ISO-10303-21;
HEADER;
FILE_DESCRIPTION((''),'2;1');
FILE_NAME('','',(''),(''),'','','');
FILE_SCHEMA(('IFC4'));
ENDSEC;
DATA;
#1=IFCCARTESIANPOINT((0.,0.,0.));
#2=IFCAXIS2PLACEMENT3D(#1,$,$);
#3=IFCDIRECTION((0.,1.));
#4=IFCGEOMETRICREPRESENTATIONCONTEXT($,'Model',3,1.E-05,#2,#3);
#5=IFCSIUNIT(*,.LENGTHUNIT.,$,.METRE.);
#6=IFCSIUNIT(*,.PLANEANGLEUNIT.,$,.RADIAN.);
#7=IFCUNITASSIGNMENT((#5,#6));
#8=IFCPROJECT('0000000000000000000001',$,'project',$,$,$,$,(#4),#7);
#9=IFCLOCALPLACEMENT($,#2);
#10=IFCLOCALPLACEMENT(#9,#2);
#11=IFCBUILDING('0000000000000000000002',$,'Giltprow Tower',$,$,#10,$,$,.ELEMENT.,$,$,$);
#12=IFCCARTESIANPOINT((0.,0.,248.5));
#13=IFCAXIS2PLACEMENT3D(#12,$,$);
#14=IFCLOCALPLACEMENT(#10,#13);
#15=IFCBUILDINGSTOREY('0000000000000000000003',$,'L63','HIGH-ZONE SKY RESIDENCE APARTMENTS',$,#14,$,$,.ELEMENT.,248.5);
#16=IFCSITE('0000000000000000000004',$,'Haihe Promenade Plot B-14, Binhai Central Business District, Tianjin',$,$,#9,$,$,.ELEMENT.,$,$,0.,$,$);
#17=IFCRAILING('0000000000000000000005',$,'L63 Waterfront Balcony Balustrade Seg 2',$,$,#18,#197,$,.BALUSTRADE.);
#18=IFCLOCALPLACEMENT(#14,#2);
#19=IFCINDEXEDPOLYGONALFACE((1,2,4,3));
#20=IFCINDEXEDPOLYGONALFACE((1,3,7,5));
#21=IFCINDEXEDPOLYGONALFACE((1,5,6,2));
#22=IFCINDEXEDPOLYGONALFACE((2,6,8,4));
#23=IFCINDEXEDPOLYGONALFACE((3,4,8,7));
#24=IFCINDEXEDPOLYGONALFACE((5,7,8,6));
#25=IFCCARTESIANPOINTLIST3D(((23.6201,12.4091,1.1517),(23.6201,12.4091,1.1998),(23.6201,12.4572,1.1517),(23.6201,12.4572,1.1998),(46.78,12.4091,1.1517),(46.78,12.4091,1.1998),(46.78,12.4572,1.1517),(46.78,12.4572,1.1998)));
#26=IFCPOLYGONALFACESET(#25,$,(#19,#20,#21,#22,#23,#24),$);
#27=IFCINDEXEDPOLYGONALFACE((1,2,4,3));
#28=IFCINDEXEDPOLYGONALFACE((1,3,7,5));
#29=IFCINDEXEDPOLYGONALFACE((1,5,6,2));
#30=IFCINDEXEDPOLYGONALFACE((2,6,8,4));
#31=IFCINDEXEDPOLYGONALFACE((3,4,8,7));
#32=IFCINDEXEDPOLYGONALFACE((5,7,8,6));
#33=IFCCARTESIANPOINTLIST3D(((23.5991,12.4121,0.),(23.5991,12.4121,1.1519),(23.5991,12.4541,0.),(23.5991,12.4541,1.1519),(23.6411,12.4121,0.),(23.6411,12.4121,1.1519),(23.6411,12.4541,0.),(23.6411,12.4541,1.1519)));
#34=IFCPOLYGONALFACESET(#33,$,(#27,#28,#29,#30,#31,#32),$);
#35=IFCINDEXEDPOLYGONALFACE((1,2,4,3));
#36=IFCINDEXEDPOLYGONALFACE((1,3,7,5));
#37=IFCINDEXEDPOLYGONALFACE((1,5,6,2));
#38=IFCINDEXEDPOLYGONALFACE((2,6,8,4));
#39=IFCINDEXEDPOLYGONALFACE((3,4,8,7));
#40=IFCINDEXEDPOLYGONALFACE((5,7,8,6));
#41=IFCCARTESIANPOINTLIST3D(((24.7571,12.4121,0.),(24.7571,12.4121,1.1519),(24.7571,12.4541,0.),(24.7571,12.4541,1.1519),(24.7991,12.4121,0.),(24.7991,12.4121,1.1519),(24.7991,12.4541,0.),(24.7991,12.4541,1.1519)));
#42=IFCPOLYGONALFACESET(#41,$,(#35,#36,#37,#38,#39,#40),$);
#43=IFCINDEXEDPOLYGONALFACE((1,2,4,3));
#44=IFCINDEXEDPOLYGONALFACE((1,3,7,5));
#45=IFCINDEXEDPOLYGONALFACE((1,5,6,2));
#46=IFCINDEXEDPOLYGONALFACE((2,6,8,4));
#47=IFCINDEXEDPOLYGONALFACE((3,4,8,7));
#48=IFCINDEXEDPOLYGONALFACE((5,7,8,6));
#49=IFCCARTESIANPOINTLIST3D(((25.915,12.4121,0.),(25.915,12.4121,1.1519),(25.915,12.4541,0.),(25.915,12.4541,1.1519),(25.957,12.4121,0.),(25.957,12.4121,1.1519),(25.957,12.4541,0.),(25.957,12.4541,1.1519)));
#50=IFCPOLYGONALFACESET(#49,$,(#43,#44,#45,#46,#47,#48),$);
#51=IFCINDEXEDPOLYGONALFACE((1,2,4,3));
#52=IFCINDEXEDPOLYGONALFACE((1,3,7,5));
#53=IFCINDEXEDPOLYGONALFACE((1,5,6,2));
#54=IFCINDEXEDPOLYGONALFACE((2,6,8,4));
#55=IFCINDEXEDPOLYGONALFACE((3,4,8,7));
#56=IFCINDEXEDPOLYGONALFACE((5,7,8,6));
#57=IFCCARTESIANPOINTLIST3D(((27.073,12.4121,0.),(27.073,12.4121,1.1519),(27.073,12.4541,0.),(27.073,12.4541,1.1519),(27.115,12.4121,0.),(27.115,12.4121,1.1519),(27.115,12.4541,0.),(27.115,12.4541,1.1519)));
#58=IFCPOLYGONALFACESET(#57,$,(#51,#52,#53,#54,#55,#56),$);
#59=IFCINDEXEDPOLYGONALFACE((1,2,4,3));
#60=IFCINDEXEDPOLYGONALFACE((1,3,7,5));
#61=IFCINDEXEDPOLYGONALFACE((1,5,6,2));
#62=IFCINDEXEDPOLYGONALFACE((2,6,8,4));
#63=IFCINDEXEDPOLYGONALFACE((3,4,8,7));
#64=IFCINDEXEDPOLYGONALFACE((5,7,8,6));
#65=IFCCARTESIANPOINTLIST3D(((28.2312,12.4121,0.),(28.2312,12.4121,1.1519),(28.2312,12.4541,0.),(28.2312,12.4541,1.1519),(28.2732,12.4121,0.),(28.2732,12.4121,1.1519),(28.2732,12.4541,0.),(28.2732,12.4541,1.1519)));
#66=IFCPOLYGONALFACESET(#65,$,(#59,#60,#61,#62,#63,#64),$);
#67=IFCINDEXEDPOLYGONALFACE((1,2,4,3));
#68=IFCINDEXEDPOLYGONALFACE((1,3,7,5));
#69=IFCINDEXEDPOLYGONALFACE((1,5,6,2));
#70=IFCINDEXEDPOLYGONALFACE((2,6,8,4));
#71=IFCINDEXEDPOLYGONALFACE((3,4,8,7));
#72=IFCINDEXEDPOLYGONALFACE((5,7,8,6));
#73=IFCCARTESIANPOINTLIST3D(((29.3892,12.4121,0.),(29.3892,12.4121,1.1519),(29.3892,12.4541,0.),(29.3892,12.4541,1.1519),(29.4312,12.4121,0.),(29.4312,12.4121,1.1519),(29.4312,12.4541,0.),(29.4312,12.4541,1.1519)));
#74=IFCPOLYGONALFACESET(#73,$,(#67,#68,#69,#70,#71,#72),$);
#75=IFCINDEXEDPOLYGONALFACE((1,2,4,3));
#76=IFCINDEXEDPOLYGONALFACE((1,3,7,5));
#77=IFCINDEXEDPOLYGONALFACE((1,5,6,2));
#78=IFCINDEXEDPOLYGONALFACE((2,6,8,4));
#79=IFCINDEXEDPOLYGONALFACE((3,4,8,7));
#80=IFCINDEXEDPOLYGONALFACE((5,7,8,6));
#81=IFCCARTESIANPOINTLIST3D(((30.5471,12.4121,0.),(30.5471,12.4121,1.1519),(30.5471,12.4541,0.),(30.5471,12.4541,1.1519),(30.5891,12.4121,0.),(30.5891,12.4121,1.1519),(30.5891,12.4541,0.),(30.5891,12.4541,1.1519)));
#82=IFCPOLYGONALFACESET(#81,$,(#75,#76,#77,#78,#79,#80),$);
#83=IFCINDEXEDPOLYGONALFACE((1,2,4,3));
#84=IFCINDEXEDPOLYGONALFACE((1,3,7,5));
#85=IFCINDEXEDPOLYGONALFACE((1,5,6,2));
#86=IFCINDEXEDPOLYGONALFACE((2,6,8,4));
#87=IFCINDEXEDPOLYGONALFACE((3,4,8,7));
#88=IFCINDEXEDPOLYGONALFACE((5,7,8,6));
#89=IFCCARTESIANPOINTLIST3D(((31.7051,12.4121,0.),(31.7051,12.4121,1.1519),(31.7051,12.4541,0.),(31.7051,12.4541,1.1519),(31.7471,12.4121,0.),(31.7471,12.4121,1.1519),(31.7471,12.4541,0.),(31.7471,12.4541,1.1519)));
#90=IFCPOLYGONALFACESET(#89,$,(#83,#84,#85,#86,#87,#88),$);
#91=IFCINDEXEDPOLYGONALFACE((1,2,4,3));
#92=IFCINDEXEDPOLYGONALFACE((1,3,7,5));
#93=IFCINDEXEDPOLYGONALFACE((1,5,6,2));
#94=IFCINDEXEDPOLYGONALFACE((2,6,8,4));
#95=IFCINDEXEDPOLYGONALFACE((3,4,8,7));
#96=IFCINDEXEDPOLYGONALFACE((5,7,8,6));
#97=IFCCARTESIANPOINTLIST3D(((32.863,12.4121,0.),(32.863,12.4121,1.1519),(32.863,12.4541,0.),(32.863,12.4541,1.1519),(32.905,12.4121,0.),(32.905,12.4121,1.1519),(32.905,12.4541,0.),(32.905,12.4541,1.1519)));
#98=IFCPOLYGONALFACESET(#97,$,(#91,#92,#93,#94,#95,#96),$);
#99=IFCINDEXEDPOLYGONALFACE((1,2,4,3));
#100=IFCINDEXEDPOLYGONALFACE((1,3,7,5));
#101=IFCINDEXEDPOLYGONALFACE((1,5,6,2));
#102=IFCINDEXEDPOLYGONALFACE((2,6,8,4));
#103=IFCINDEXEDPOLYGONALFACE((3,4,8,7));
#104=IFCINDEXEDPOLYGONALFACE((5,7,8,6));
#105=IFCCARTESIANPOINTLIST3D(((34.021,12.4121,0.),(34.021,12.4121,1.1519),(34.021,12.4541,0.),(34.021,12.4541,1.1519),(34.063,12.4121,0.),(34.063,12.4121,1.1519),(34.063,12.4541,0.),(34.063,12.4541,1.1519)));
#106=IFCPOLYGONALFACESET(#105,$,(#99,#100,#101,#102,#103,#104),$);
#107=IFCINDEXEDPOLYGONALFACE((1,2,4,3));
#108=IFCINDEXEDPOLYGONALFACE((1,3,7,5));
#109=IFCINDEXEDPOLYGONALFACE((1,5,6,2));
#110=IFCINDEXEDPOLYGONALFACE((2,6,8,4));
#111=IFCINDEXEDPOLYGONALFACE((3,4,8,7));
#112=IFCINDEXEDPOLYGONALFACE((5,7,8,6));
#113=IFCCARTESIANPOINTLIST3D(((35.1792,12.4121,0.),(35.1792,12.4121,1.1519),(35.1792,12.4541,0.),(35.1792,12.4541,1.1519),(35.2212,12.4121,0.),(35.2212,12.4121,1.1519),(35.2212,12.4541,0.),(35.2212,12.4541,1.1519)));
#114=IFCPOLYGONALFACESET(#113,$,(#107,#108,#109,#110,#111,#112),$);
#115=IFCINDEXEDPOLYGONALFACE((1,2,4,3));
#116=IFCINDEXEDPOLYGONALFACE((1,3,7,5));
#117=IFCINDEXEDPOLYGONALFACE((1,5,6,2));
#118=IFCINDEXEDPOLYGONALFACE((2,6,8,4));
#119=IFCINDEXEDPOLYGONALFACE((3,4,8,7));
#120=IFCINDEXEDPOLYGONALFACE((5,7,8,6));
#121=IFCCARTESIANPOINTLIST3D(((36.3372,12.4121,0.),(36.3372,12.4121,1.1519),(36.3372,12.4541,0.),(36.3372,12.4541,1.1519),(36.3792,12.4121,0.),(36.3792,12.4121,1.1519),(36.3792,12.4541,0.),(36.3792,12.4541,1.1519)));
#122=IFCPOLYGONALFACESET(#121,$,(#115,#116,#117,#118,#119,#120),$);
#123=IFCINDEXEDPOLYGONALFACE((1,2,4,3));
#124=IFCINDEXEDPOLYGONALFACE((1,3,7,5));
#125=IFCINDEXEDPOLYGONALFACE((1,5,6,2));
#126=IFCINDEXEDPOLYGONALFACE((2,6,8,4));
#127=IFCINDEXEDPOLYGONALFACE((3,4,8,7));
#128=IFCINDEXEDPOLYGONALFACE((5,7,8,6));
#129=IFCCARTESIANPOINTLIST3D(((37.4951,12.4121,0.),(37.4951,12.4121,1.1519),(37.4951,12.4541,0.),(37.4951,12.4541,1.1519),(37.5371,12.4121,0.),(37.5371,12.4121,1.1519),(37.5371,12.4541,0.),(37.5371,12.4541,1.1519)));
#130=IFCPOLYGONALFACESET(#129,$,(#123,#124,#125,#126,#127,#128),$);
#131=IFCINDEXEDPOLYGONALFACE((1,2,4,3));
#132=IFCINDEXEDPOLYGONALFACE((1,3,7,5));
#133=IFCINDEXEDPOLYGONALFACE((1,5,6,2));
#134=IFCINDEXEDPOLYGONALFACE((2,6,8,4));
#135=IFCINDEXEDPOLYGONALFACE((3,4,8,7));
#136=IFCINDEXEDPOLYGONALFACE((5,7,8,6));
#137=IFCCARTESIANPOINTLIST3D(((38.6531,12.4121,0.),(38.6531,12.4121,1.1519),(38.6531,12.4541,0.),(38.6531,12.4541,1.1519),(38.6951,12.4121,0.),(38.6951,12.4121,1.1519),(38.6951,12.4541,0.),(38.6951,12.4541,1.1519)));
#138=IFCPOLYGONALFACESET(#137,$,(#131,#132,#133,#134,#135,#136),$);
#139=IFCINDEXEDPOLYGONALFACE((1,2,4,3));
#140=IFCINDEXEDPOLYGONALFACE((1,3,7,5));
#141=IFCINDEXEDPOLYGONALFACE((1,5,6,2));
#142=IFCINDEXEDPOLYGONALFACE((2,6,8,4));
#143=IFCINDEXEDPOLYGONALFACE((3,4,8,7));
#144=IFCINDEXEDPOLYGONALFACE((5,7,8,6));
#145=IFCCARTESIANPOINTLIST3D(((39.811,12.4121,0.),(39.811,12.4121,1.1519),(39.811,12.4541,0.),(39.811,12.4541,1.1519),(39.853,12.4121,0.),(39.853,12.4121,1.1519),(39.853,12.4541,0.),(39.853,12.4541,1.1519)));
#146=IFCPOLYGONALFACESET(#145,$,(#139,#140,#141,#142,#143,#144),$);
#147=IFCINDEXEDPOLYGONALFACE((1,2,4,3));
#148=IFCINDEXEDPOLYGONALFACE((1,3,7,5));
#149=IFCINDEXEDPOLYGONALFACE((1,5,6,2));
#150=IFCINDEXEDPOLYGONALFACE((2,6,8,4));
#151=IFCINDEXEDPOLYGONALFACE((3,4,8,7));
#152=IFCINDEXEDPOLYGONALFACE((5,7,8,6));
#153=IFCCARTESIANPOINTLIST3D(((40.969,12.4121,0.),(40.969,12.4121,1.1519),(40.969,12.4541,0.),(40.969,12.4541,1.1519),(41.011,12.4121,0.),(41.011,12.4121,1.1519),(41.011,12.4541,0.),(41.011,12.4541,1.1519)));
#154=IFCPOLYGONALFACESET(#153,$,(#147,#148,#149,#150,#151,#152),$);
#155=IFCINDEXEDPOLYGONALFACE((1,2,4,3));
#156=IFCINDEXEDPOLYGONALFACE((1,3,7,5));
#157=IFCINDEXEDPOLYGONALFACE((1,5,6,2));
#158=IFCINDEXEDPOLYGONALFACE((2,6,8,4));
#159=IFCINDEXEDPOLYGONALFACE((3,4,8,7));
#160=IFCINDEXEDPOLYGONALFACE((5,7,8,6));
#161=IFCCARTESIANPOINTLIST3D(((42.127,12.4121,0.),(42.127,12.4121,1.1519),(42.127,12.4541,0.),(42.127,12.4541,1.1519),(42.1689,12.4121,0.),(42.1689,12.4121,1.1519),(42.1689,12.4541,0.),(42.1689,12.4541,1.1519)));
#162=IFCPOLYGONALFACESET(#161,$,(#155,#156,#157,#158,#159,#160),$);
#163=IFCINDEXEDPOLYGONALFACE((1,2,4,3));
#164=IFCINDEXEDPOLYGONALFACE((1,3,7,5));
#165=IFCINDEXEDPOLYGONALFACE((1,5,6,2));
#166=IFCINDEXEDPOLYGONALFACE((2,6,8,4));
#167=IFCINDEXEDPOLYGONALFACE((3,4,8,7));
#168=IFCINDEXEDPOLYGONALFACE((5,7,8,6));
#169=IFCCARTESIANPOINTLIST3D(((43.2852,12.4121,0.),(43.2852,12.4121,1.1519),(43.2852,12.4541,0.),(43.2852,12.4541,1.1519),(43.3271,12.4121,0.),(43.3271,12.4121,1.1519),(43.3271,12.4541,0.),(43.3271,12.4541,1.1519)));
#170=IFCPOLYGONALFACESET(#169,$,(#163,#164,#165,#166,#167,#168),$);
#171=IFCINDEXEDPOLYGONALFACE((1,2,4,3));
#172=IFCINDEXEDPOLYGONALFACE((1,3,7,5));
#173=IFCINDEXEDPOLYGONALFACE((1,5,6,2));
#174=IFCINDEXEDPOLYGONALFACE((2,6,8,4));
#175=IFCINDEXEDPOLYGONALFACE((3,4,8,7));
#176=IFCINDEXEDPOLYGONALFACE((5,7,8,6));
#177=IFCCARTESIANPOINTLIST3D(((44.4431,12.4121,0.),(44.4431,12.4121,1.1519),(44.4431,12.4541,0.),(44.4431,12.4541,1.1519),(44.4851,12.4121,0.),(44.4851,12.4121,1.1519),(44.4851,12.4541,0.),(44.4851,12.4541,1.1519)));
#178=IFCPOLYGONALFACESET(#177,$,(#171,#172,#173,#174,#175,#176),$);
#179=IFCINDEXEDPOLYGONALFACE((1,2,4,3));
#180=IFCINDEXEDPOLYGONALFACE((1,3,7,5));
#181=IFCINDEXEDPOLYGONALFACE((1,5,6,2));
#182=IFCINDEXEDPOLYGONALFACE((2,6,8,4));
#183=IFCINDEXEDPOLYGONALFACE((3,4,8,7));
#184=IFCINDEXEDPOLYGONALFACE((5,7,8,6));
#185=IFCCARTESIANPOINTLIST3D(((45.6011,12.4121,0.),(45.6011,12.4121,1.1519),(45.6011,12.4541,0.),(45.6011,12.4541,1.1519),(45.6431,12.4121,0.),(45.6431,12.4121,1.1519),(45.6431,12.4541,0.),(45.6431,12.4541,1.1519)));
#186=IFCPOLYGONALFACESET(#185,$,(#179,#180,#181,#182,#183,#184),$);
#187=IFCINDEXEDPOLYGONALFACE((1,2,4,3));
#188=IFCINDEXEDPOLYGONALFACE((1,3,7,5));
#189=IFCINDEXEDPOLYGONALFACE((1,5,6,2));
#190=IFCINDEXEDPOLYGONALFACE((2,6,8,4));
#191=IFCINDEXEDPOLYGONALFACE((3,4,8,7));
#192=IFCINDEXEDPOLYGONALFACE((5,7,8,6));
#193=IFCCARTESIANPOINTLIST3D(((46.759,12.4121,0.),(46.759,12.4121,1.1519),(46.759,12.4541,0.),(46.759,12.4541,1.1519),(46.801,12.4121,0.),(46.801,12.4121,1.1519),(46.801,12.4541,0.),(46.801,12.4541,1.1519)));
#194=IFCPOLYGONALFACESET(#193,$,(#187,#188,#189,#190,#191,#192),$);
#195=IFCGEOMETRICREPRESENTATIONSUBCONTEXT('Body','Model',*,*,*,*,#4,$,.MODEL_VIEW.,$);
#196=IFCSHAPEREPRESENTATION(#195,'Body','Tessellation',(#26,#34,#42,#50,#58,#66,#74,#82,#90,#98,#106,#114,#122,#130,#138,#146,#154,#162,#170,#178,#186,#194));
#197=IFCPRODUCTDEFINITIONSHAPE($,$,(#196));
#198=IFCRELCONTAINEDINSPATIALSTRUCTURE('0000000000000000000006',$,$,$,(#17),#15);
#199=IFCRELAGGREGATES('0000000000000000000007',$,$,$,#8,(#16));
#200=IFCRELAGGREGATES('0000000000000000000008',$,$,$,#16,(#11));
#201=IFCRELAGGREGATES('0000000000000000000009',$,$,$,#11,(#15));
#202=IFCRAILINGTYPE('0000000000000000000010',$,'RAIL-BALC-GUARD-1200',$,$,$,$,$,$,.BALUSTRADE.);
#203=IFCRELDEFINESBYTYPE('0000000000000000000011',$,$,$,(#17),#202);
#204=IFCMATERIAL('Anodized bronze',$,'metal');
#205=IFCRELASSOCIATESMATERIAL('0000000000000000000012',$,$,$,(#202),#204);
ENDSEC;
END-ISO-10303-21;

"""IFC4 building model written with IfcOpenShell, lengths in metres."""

from ifc_helpers import new_model, si_unit, direction, frame, origin, origin_2d, place, context, subcontext, project, spatial, rectangle, extrude, material, type_object, element, save


model = new_model("IFC4")

# Units and contexts
model_context = context("Model", 3, precision=1e-05, world=origin(), true_north=direction((0.0, 1.0)))
body_context = subcontext(model_context, "Body", "Model", "MODEL_VIEW")
ifc_project = project(units=[si_unit("LENGTHUNIT", "METRE"), si_unit("PLANEANGLEUNIT", "RADIAN")], contexts=[model_context])

# Site, building, storey
site_placement = place(None, origin())
site = spatial("IfcSite", under=ifc_project, at=site_placement, Name="Haihe Promenade Plot B-14, Binhai Central Business District, Tianjin", CompositionType="ELEMENT", RefElevation=0.0)
building_placement = place(site_placement, origin())
building = spatial("IfcBuilding", under=site, at=building_placement, Name="Giltprow Tower", CompositionType="ELEMENT")
storey_placement = place(building_placement, frame((0.0, 0.0, 248.5)))
storey = spatial("IfcBuildingStorey", under=building, at=storey_placement, Name="L63", Description="HIGH-ZONE SKY RESIDENCE APARTMENTS", CompositionType="ELEMENT", Elevation=248.5)

# Railing
ifc_material_1 = material(Name="Anodized bronze", Category="metal")
railing_type = type_object("IfcRailingType", Name="RAIL-BALC-GUARD-1200", PredefinedType="BALUSTRADE", material=ifc_material_1)
railing_1_placement = place(storey_placement, frame((23.6201, 12.4331, 0.0)))
element("IfcRailing", 1, at=railing_1_placement, inside=storey, type_object=railing_type, Name="L63 Waterfront Balcony Balustrade Seg 2", PredefinedType="BALUSTRADE", context=body_context, shape_type="SweptSolid", body=[
    extrude(rectangle(XDim=0.0481, YDim=0.0481, at=origin_2d()), frame((0.0, 0.0, 1.1758), z_axis=(1.0, 0.0, 0.0), x_axis=(0.0, 1.0, 0.0)), (0.0, 0.0, 1.0), 23.1599),
    extrude(rectangle(XDim=0.042, YDim=0.042, at=origin_2d()), origin(), (0.0, 0.0, 1.0), 1.1519),
    extrude(rectangle(XDim=0.042, YDim=0.042, at=origin_2d()), frame((1.158, 0.0, 0.0)), (0.0, 0.0, 1.0), 1.1519),
    extrude(rectangle(XDim=0.042, YDim=0.042, at=origin_2d()), frame((2.3159, 0.0, 0.0)), (0.0, 0.0, 1.0), 1.1519),
    extrude(rectangle(XDim=0.042, YDim=0.042, at=origin_2d()), frame((3.4739, 0.0, 0.0)), (0.0, 0.0, 1.0), 1.1519),
    extrude(rectangle(XDim=0.042, YDim=0.042, at=origin_2d()), frame((4.6321, 0.0, 0.0)), (0.0, 0.0, 1.0), 1.1519),
    extrude(rectangle(XDim=0.042, YDim=0.042, at=origin_2d()), frame((5.79, 0.0, 0.0)), (0.0, 0.0, 1.0), 1.1519),
    extrude(rectangle(XDim=0.042, YDim=0.042, at=origin_2d()), frame((6.948, 0.0, 0.0)), (0.0, 0.0, 1.0), 1.1519),
    extrude(rectangle(XDim=0.042, YDim=0.042, at=origin_2d()), frame((8.106, 0.0, 0.0)), (0.0, 0.0, 1.0), 1.1519),
    extrude(rectangle(XDim=0.042, YDim=0.042, at=origin_2d()), frame((9.2639, 0.0, 0.0)), (0.0, 0.0, 1.0), 1.1519),
    extrude(rectangle(XDim=0.042, YDim=0.042, at=origin_2d()), frame((10.4219, 0.0, 0.0)), (0.0, 0.0, 1.0), 1.1519),
    extrude(rectangle(XDim=0.042, YDim=0.042, at=origin_2d()), frame((11.5801, 0.0, 0.0)), (0.0, 0.0, 1.0), 1.1519),
    extrude(rectangle(XDim=0.042, YDim=0.042, at=origin_2d()), frame((12.738, 0.0, 0.0)), (0.0, 0.0, 1.0), 1.1519),
    extrude(rectangle(XDim=0.042, YDim=0.042, at=origin_2d()), frame((13.896, 0.0, 0.0)), (0.0, 0.0, 1.0), 1.1519),
    extrude(rectangle(XDim=0.042, YDim=0.042, at=origin_2d()), frame((15.054, 0.0, 0.0)), (0.0, 0.0, 1.0), 1.1519),
    extrude(rectangle(XDim=0.042, YDim=0.042, at=origin_2d()), frame((16.2119, 0.0, 0.0)), (0.0, 0.0, 1.0), 1.1519),
    extrude(rectangle(XDim=0.042, YDim=0.042, at=origin_2d()), frame((17.3699, 0.0, 0.0)), (0.0, 0.0, 1.0), 1.1519),
    extrude(rectangle(XDim=0.042, YDim=0.042, at=origin_2d()), frame((18.5278, 0.0, 0.0)), (0.0, 0.0, 1.0), 1.1519),
    extrude(rectangle(XDim=0.042, YDim=0.042, at=origin_2d()), frame((19.686, 0.0, 0.0)), (0.0, 0.0, 1.0), 1.1519),
    extrude(rectangle(XDim=0.042, YDim=0.042, at=origin_2d()), frame((20.844, 0.0, 0.0)), (0.0, 0.0, 1.0), 1.1519),
    extrude(rectangle(XDim=0.042, YDim=0.042, at=origin_2d()), frame((22.002, 0.0, 0.0)), (0.0, 0.0, 1.0), 1.1519),
    extrude(rectangle(XDim=0.042, YDim=0.042, at=origin_2d()), frame((23.1599, 0.0, 0.0)), (0.0, 0.0, 1.0), 1.1519),
])

save(model, "model.ifc")
